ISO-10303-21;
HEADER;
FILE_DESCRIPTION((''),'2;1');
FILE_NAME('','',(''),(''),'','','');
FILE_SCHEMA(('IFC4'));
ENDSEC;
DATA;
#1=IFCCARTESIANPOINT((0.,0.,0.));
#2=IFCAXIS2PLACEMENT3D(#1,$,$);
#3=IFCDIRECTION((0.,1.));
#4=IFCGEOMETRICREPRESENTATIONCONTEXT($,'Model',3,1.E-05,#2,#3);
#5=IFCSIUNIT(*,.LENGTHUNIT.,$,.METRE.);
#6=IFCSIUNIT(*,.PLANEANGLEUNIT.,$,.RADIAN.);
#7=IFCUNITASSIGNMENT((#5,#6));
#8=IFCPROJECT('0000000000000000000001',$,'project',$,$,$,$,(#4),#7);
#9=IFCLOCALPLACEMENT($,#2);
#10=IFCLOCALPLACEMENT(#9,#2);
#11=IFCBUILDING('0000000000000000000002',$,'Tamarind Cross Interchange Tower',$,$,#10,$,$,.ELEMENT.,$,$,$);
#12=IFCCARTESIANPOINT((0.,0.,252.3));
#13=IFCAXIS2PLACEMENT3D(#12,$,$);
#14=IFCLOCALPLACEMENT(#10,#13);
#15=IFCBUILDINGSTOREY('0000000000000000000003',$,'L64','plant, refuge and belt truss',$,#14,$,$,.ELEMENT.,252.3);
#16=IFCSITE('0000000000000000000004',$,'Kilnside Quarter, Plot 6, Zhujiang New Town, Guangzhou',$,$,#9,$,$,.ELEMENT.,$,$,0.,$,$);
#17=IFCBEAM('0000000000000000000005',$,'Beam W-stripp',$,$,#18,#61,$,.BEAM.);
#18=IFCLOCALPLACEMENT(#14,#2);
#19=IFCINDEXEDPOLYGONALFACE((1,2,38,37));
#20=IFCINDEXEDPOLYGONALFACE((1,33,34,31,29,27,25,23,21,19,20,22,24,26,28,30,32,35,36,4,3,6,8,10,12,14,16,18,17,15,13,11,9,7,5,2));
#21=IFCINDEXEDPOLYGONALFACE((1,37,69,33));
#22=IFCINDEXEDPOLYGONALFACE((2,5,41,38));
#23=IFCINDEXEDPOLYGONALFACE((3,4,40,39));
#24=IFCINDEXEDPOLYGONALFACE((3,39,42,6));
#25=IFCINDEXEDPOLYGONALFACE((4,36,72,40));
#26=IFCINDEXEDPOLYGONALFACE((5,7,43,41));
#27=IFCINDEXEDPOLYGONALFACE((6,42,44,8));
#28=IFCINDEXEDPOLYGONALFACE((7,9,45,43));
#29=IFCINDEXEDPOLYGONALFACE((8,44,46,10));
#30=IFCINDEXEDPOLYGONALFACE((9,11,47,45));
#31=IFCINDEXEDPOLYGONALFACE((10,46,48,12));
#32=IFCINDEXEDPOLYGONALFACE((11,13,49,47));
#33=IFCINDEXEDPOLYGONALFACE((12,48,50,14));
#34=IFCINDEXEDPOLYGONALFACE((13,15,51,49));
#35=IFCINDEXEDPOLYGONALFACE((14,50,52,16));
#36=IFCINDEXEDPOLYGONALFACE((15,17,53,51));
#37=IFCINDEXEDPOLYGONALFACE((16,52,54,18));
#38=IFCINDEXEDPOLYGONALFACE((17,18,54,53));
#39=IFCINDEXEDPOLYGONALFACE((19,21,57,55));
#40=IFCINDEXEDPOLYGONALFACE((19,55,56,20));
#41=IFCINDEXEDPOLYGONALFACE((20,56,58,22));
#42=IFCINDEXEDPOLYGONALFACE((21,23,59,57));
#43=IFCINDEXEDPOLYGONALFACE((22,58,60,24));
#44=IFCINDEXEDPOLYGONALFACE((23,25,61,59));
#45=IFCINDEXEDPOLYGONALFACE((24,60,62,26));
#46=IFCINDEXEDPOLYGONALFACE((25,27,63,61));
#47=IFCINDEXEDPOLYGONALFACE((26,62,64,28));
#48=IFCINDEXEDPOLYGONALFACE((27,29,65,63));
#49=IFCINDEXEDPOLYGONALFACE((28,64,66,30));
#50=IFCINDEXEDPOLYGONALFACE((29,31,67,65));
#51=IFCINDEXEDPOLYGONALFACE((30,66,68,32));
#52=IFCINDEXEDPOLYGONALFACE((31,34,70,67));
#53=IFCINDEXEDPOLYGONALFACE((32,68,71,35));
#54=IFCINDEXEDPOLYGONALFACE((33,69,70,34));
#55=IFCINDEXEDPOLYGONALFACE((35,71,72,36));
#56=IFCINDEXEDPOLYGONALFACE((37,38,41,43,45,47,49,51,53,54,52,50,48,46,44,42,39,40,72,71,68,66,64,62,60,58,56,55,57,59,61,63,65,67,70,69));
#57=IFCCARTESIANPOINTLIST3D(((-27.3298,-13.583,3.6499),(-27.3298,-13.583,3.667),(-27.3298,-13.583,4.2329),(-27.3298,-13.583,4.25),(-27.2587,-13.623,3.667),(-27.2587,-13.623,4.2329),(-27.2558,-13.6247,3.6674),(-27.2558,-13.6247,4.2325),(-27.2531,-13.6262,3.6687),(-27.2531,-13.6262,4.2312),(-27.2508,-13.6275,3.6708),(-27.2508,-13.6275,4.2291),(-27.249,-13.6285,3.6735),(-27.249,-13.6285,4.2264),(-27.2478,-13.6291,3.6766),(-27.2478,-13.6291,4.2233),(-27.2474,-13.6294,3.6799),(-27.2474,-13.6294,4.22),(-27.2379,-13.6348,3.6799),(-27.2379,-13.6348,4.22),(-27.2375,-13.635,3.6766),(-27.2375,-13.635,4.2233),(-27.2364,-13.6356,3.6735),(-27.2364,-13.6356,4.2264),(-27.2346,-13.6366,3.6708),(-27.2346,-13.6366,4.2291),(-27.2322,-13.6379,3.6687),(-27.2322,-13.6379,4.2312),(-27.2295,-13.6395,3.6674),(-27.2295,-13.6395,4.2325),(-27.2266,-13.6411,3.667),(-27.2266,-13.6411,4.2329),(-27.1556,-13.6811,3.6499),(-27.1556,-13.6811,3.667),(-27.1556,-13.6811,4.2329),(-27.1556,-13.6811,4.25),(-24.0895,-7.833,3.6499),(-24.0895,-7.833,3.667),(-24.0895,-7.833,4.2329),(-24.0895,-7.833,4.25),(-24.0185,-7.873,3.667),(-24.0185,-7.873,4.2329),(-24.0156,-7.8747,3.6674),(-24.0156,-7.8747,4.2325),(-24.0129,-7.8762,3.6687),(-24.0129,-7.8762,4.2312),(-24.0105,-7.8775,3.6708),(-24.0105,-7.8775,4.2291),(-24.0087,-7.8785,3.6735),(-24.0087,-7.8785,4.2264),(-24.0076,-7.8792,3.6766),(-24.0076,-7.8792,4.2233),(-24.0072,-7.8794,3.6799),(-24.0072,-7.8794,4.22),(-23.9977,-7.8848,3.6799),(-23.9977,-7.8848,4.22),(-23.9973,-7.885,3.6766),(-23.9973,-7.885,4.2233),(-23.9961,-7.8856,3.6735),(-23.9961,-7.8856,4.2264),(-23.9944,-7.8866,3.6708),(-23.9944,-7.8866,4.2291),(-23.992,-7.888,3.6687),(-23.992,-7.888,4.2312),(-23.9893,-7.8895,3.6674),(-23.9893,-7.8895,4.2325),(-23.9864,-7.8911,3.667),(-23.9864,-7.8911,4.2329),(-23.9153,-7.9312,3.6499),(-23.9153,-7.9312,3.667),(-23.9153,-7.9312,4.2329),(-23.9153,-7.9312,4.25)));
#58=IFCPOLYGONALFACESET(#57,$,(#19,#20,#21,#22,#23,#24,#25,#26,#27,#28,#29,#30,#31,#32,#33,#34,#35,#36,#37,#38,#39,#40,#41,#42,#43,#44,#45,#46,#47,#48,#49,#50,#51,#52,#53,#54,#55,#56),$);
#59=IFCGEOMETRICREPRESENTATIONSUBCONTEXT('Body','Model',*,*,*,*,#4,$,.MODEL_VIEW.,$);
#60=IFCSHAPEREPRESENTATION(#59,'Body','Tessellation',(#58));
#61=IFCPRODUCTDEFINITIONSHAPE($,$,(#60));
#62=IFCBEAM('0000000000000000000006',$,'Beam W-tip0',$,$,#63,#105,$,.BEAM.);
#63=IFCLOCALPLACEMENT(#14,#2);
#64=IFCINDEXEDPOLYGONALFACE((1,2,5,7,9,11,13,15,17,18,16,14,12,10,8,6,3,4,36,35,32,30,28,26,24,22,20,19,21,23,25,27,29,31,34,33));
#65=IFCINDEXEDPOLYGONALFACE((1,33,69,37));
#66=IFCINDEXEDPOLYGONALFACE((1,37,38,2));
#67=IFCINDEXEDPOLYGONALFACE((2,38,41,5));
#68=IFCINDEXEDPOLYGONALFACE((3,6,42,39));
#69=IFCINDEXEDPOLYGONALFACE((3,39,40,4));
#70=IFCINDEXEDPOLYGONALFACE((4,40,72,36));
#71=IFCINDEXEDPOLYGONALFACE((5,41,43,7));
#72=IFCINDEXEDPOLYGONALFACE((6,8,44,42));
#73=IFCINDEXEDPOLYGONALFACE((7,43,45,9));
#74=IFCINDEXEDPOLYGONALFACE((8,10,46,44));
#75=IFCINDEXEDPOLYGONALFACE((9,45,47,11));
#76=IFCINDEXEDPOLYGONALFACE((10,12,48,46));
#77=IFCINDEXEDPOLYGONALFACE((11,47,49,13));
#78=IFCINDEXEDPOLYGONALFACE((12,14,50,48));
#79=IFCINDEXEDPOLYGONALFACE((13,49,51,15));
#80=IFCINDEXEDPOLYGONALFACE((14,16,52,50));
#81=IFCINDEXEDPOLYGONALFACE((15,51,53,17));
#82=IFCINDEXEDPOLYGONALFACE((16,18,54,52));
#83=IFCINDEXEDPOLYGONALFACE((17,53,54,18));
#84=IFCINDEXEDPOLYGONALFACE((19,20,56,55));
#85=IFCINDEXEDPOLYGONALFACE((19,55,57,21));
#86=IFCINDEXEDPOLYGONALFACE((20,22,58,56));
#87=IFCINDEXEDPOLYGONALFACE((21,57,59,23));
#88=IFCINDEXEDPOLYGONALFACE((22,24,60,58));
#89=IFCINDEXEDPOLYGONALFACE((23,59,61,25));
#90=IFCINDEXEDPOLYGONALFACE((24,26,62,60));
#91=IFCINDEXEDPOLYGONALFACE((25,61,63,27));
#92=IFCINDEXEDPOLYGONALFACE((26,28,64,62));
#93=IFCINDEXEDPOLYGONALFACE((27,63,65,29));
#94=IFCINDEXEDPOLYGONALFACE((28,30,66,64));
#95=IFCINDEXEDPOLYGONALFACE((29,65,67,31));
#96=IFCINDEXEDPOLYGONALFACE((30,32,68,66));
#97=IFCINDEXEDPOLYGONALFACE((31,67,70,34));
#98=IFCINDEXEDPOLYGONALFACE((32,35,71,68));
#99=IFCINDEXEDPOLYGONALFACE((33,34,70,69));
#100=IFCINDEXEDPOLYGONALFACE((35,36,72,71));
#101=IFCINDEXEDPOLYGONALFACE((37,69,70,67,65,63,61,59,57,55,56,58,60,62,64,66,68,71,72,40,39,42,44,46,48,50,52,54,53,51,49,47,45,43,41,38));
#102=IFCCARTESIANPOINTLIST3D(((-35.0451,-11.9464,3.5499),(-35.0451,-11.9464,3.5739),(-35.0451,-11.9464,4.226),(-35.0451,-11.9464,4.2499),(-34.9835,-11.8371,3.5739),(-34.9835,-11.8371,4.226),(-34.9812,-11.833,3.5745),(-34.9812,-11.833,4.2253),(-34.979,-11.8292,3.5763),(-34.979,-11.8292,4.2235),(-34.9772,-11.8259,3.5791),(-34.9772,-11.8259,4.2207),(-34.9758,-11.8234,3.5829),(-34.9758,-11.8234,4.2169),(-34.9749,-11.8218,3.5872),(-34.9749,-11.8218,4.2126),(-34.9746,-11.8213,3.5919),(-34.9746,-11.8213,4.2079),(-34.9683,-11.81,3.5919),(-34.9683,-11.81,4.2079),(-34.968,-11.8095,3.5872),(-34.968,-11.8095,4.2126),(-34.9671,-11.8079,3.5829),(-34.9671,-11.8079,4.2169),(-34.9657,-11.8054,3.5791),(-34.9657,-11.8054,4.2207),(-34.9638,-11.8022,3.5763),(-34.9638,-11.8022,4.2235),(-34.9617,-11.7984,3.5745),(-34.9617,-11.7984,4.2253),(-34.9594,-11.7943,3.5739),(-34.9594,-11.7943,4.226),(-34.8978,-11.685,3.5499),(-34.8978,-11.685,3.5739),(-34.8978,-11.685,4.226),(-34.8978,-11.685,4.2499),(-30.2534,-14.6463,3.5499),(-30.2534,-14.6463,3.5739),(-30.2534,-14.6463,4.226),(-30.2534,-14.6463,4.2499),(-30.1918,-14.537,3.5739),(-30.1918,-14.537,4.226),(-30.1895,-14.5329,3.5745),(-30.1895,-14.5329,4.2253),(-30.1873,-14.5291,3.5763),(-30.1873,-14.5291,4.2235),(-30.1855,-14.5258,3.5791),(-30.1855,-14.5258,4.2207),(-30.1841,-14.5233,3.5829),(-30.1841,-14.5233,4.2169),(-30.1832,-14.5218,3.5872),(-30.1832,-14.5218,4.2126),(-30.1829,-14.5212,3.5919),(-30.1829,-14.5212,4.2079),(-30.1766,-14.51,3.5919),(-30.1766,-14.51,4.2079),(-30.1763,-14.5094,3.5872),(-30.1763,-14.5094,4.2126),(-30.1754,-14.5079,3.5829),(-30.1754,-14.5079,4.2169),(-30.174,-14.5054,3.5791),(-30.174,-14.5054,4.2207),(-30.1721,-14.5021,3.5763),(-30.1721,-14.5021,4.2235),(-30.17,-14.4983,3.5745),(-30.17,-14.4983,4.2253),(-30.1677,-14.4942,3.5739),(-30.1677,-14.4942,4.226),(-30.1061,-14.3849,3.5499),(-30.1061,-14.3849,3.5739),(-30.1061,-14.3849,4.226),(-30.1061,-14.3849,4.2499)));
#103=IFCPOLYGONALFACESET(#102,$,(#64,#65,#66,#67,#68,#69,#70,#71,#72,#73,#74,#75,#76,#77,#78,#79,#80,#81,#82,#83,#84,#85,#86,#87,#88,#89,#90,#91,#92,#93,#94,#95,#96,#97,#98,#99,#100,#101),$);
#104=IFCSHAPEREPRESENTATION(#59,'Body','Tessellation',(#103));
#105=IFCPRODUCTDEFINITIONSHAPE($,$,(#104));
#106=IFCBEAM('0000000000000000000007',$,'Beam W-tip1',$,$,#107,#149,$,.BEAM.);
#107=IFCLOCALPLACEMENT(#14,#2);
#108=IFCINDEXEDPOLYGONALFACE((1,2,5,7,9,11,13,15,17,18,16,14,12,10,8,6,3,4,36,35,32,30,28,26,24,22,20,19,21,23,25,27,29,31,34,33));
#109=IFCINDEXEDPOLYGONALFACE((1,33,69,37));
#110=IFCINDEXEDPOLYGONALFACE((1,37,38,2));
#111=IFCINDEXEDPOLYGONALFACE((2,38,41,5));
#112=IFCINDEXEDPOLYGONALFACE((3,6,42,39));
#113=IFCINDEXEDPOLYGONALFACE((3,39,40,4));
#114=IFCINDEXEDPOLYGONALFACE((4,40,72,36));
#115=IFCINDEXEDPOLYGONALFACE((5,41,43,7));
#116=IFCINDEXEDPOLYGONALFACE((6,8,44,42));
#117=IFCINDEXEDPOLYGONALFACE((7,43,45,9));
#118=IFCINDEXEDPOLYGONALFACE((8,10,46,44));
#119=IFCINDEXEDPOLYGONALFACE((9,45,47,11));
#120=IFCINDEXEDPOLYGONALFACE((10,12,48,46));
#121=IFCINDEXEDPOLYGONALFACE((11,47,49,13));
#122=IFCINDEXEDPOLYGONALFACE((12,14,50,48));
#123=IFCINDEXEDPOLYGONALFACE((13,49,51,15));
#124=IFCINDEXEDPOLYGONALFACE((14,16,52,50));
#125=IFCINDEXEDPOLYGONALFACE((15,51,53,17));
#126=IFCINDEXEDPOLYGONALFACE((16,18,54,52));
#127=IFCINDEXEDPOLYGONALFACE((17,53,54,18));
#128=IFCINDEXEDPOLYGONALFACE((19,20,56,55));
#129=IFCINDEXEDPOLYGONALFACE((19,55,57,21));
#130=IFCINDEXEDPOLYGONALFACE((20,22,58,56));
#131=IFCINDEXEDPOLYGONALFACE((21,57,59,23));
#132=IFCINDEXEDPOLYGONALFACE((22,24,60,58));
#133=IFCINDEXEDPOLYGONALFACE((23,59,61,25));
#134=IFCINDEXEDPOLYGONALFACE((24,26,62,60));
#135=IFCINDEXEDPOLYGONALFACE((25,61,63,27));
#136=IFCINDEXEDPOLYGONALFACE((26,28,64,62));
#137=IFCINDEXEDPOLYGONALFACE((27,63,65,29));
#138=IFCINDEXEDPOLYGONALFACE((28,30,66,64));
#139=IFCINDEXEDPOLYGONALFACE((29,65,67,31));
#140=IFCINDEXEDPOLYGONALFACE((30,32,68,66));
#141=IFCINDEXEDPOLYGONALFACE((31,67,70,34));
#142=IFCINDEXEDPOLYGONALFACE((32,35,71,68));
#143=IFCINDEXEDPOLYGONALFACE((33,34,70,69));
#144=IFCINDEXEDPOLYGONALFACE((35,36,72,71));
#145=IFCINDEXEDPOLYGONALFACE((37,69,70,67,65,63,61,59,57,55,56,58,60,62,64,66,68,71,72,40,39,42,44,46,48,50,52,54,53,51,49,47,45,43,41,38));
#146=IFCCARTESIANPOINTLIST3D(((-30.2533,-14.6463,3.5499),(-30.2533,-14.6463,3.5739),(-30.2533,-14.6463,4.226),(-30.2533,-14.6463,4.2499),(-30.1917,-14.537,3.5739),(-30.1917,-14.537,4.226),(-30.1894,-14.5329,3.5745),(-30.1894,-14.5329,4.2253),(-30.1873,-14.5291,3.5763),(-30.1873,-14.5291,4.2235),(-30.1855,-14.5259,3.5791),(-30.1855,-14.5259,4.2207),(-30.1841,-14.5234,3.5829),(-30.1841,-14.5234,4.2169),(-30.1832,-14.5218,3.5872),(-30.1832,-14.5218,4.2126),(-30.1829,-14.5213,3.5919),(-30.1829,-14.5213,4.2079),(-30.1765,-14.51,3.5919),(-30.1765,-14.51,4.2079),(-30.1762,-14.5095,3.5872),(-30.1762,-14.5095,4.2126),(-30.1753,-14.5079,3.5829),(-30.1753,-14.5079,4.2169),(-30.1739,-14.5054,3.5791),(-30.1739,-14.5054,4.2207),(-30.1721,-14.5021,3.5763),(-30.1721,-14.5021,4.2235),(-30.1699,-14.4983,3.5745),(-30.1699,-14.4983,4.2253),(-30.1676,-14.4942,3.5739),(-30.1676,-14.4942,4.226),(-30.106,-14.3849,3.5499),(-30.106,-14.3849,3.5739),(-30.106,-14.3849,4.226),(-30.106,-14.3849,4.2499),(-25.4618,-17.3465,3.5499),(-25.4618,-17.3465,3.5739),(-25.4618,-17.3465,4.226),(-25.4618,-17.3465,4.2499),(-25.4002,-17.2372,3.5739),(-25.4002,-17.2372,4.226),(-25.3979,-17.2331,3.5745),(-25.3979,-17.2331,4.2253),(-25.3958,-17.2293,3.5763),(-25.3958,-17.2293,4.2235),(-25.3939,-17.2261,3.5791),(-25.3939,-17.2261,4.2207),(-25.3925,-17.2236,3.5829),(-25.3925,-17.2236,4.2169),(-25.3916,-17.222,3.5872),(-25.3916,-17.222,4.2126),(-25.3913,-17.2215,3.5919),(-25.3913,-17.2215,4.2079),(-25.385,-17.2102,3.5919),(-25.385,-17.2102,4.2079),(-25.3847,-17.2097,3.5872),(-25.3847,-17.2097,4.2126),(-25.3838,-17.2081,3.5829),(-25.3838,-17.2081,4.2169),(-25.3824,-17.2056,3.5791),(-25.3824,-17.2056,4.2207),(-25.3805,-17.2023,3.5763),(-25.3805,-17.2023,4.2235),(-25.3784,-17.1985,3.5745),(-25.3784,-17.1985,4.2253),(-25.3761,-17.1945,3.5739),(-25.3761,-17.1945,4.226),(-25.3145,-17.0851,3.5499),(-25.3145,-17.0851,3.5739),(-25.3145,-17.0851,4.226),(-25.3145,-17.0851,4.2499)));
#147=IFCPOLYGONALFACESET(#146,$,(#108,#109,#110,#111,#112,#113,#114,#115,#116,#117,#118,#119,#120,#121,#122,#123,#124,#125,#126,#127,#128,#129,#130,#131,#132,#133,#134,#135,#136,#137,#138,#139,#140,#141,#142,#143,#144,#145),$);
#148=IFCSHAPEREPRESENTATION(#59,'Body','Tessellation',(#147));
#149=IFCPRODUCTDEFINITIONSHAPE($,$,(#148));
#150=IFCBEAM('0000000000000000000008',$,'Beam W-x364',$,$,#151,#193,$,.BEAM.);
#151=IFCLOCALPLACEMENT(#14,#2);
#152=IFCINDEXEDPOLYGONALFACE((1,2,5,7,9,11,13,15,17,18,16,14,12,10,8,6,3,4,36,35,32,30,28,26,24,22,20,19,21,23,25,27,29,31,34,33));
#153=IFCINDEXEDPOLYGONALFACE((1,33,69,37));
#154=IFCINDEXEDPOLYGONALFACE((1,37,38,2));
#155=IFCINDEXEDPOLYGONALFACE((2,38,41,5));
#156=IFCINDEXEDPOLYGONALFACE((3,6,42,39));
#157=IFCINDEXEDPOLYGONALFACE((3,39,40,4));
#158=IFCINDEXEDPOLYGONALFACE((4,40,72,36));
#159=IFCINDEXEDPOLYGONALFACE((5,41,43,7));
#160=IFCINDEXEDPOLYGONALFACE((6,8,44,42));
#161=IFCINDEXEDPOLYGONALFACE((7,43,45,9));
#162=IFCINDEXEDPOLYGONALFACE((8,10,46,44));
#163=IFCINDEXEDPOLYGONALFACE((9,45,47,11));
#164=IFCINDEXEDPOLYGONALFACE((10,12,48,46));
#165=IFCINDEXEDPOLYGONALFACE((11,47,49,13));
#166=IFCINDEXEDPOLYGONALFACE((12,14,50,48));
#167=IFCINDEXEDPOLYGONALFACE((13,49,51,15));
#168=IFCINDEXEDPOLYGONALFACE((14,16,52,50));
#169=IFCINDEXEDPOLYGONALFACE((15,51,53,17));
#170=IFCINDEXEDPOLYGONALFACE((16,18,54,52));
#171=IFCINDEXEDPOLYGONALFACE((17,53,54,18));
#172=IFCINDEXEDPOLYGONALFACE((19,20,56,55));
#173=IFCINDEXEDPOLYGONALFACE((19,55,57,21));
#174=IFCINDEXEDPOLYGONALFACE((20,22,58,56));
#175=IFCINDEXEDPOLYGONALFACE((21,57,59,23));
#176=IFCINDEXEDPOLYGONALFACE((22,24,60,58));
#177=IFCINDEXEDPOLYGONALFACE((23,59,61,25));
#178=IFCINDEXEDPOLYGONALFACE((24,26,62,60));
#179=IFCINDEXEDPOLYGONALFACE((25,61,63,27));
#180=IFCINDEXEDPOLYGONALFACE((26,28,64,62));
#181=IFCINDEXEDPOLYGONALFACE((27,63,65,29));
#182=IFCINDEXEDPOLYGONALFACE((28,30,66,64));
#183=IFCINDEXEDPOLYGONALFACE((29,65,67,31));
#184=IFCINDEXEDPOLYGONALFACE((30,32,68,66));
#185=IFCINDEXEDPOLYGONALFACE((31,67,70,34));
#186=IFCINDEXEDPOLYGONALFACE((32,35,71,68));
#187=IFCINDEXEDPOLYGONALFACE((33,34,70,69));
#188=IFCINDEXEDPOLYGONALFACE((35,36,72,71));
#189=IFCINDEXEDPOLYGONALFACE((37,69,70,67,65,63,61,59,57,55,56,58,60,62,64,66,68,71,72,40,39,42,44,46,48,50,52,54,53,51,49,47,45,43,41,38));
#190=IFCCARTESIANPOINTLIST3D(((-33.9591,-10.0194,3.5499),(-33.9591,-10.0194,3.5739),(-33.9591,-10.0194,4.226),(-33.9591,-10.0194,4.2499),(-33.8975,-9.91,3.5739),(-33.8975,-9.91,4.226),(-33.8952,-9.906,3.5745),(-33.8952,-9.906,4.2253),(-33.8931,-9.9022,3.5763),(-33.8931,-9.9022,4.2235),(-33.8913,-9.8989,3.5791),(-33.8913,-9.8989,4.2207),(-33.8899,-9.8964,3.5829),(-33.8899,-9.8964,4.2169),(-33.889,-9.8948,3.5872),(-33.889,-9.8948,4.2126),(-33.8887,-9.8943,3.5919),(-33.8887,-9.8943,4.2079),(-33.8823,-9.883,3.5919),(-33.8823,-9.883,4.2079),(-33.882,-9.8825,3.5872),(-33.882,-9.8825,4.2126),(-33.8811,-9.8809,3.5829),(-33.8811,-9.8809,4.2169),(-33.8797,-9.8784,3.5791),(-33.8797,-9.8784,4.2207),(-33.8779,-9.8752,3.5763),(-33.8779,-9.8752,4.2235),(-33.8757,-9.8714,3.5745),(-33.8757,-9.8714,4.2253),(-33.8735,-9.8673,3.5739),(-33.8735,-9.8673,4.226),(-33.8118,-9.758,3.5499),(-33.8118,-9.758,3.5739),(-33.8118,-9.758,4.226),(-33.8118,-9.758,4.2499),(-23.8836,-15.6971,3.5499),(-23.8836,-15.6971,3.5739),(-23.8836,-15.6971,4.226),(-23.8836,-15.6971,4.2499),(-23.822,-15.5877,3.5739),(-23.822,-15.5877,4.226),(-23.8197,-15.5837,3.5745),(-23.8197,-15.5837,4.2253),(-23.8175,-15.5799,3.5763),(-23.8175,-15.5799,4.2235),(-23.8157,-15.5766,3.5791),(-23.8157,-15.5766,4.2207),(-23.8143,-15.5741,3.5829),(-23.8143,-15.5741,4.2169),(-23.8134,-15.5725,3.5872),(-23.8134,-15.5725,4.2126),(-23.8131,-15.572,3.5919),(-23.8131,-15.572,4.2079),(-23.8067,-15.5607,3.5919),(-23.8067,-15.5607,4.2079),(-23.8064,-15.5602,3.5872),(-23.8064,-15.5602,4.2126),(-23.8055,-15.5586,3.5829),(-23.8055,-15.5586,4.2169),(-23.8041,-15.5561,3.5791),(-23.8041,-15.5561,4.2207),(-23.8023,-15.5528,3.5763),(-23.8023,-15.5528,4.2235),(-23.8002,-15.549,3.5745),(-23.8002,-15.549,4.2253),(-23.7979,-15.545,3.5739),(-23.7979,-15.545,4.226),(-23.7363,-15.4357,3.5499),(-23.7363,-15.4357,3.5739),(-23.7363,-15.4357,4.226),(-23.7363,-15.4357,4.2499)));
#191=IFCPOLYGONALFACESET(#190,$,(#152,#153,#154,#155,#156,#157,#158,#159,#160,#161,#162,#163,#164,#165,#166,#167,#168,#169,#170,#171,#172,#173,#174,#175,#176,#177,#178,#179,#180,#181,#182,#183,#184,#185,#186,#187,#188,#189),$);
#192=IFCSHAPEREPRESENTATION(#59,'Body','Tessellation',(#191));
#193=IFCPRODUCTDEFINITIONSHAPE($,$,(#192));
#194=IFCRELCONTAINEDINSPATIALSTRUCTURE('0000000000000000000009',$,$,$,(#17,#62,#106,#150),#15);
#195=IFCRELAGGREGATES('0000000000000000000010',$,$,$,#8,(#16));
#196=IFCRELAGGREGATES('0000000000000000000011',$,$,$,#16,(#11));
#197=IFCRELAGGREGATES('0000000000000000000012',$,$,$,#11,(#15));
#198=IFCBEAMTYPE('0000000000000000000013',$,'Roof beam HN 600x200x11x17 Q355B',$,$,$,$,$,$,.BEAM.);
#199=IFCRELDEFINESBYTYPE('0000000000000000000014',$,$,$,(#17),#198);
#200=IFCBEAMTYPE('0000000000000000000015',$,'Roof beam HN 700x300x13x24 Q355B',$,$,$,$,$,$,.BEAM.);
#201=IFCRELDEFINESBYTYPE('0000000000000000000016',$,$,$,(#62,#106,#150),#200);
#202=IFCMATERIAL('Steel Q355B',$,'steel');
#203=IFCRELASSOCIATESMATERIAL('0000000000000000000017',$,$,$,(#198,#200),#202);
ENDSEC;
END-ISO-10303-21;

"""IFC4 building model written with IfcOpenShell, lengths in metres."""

from ifc_helpers import new_model, si_unit, direction, frame, origin, origin_2d, place, context, subcontext, project, spatial, i_section, extrude, material, material_profile, profile_set, type_object, element, save


model = new_model("IFC4")

# Units and contexts
model_context = context("Model", 3, precision=1e-05, world=origin(), true_north=direction((0.0, 1.0)))
body_context = subcontext(model_context, "Body", "Model", "MODEL_VIEW")
ifc_project = project(units=[si_unit("LENGTHUNIT", "METRE"), si_unit("PLANEANGLEUNIT", "RADIAN")], contexts=[model_context])

# Site, building, storey
site_placement = place(None, origin())
site = spatial("IfcSite", under=ifc_project, at=site_placement, Name="Kilnside Quarter, Plot 6, Zhujiang New Town, Guangzhou", CompositionType="ELEMENT", RefElevation=0.0)
building_placement = place(site_placement, origin())
building = spatial("IfcBuilding", under=site, at=building_placement, Name="Tamarind Cross Interchange Tower", CompositionType="ELEMENT")
storey_placement = place(building_placement, frame((0.0, 0.0, 252.3)))
storey = spatial("IfcBuildingStorey", under=building, at=storey_placement, Name="L64", Description="plant, refuge and belt truss", CompositionType="ELEMENT", Elevation=252.3)

# Shared definitions
ifc_material_1 = material(Name="Steel Q355B", Category="steel")

# Beams
ifc_material_profile_1 = material_profile(ifc_material_1, i_section(OverallWidth=0.2, OverallDepth=0.6001, WebThickness=0.011, FlangeThickness=0.0171, FilletRadius=0.0129, at=origin_2d()), Name="HN 600x200x11x17")
ifc_profile_set_1 = profile_set([ifc_material_profile_1], Name="Steel Q355B")
beam_type_1 = type_object("IfcBeamType", Name="Roof beam HN 600x200x11x17 Q355B", PredefinedType="BEAM", material=ifc_profile_set_1)
beam_1_placement = place(storey_placement, frame((-24.0024, -7.8821, 3.95), z_axis=(-0.490935, -0.871196, 0.0), x_axis=(0.871196, -0.490935, 0.0)))
element("IfcBeam", 1, at=beam_1_placement, inside=storey, type_object=beam_type_1, Name="Beam W-stripp", PredefinedType="BEAM", context=body_context, shape_type="SweptSolid", body=[
    extrude(i_section(OverallWidth=0.2, OverallDepth=0.6001, WebThickness=0.011, FlangeThickness=0.0171, FilletRadius=0.0129, at=origin_2d()), origin(), (0.0, 0.0, 1.0), 6.6001),
])
ifc_material_profile_2 = material_profile(ifc_material_1, i_section(OverallWidth=0.3, OverallDepth=0.7, WebThickness=0.0129, FlangeThickness=0.0239, FilletRadius=0.0181, at=origin_2d()), Name="HN 700x300x13x24")
ifc_profile_set_2 = profile_set([ifc_material_profile_2], Name="Steel Q355B")
beam_type_2 = type_object("IfcBeamType", Name="Roof beam HN 700x300x13x24 Q355B", PredefinedType="BEAM", material=ifc_profile_set_2)
for number, where, z_axis, x_axis, name in (
    (2, (-34.9714, -11.8157, 3.8999), (0.871218, -0.490895, 0.0), (0.490895, 0.871218, 0.0), "Beam W-tip0"),
    (3, (-30.1797, -14.5156, 3.8999), (0.871189, -0.490948, 0.0), (0.490948, 0.871189, 0.0), "Beam W-tip1"),
):
    element("IfcBeam", number, at=place(storey_placement, frame(where, z_axis=z_axis, x_axis=x_axis)), inside=storey, type_object=beam_type_2, Name=name, PredefinedType="BEAM", context=body_context, shape_type="SweptSolid", body=[
        extrude(i_section(OverallWidth=0.3, OverallDepth=0.7, WebThickness=0.0129, FlangeThickness=0.0239, FilletRadius=0.0181, at=origin_2d()), origin(), (0.0, 0.0, 1.0), 5.5),
    ])
beam_2_placement = place(storey_placement, frame((-33.8855, -9.8887, 3.8999), z_axis=(0.8712, -0.490929, 0.0), x_axis=(0.490929, 0.8712, 0.0)))
element("IfcBeam", 4, at=beam_2_placement, inside=storey, type_object=beam_type_2, Name="Beam W-x364", PredefinedType="BEAM", context=body_context, shape_type="SweptSolid", body=[
    extrude(i_section(OverallWidth=0.3, OverallDepth=0.7, WebThickness=0.0129, FlangeThickness=0.0239, FilletRadius=0.0181, at=origin_2d()), origin(), (0.0, 0.0, 1.0), 11.5652),
])

save(model, "model.ifc")
